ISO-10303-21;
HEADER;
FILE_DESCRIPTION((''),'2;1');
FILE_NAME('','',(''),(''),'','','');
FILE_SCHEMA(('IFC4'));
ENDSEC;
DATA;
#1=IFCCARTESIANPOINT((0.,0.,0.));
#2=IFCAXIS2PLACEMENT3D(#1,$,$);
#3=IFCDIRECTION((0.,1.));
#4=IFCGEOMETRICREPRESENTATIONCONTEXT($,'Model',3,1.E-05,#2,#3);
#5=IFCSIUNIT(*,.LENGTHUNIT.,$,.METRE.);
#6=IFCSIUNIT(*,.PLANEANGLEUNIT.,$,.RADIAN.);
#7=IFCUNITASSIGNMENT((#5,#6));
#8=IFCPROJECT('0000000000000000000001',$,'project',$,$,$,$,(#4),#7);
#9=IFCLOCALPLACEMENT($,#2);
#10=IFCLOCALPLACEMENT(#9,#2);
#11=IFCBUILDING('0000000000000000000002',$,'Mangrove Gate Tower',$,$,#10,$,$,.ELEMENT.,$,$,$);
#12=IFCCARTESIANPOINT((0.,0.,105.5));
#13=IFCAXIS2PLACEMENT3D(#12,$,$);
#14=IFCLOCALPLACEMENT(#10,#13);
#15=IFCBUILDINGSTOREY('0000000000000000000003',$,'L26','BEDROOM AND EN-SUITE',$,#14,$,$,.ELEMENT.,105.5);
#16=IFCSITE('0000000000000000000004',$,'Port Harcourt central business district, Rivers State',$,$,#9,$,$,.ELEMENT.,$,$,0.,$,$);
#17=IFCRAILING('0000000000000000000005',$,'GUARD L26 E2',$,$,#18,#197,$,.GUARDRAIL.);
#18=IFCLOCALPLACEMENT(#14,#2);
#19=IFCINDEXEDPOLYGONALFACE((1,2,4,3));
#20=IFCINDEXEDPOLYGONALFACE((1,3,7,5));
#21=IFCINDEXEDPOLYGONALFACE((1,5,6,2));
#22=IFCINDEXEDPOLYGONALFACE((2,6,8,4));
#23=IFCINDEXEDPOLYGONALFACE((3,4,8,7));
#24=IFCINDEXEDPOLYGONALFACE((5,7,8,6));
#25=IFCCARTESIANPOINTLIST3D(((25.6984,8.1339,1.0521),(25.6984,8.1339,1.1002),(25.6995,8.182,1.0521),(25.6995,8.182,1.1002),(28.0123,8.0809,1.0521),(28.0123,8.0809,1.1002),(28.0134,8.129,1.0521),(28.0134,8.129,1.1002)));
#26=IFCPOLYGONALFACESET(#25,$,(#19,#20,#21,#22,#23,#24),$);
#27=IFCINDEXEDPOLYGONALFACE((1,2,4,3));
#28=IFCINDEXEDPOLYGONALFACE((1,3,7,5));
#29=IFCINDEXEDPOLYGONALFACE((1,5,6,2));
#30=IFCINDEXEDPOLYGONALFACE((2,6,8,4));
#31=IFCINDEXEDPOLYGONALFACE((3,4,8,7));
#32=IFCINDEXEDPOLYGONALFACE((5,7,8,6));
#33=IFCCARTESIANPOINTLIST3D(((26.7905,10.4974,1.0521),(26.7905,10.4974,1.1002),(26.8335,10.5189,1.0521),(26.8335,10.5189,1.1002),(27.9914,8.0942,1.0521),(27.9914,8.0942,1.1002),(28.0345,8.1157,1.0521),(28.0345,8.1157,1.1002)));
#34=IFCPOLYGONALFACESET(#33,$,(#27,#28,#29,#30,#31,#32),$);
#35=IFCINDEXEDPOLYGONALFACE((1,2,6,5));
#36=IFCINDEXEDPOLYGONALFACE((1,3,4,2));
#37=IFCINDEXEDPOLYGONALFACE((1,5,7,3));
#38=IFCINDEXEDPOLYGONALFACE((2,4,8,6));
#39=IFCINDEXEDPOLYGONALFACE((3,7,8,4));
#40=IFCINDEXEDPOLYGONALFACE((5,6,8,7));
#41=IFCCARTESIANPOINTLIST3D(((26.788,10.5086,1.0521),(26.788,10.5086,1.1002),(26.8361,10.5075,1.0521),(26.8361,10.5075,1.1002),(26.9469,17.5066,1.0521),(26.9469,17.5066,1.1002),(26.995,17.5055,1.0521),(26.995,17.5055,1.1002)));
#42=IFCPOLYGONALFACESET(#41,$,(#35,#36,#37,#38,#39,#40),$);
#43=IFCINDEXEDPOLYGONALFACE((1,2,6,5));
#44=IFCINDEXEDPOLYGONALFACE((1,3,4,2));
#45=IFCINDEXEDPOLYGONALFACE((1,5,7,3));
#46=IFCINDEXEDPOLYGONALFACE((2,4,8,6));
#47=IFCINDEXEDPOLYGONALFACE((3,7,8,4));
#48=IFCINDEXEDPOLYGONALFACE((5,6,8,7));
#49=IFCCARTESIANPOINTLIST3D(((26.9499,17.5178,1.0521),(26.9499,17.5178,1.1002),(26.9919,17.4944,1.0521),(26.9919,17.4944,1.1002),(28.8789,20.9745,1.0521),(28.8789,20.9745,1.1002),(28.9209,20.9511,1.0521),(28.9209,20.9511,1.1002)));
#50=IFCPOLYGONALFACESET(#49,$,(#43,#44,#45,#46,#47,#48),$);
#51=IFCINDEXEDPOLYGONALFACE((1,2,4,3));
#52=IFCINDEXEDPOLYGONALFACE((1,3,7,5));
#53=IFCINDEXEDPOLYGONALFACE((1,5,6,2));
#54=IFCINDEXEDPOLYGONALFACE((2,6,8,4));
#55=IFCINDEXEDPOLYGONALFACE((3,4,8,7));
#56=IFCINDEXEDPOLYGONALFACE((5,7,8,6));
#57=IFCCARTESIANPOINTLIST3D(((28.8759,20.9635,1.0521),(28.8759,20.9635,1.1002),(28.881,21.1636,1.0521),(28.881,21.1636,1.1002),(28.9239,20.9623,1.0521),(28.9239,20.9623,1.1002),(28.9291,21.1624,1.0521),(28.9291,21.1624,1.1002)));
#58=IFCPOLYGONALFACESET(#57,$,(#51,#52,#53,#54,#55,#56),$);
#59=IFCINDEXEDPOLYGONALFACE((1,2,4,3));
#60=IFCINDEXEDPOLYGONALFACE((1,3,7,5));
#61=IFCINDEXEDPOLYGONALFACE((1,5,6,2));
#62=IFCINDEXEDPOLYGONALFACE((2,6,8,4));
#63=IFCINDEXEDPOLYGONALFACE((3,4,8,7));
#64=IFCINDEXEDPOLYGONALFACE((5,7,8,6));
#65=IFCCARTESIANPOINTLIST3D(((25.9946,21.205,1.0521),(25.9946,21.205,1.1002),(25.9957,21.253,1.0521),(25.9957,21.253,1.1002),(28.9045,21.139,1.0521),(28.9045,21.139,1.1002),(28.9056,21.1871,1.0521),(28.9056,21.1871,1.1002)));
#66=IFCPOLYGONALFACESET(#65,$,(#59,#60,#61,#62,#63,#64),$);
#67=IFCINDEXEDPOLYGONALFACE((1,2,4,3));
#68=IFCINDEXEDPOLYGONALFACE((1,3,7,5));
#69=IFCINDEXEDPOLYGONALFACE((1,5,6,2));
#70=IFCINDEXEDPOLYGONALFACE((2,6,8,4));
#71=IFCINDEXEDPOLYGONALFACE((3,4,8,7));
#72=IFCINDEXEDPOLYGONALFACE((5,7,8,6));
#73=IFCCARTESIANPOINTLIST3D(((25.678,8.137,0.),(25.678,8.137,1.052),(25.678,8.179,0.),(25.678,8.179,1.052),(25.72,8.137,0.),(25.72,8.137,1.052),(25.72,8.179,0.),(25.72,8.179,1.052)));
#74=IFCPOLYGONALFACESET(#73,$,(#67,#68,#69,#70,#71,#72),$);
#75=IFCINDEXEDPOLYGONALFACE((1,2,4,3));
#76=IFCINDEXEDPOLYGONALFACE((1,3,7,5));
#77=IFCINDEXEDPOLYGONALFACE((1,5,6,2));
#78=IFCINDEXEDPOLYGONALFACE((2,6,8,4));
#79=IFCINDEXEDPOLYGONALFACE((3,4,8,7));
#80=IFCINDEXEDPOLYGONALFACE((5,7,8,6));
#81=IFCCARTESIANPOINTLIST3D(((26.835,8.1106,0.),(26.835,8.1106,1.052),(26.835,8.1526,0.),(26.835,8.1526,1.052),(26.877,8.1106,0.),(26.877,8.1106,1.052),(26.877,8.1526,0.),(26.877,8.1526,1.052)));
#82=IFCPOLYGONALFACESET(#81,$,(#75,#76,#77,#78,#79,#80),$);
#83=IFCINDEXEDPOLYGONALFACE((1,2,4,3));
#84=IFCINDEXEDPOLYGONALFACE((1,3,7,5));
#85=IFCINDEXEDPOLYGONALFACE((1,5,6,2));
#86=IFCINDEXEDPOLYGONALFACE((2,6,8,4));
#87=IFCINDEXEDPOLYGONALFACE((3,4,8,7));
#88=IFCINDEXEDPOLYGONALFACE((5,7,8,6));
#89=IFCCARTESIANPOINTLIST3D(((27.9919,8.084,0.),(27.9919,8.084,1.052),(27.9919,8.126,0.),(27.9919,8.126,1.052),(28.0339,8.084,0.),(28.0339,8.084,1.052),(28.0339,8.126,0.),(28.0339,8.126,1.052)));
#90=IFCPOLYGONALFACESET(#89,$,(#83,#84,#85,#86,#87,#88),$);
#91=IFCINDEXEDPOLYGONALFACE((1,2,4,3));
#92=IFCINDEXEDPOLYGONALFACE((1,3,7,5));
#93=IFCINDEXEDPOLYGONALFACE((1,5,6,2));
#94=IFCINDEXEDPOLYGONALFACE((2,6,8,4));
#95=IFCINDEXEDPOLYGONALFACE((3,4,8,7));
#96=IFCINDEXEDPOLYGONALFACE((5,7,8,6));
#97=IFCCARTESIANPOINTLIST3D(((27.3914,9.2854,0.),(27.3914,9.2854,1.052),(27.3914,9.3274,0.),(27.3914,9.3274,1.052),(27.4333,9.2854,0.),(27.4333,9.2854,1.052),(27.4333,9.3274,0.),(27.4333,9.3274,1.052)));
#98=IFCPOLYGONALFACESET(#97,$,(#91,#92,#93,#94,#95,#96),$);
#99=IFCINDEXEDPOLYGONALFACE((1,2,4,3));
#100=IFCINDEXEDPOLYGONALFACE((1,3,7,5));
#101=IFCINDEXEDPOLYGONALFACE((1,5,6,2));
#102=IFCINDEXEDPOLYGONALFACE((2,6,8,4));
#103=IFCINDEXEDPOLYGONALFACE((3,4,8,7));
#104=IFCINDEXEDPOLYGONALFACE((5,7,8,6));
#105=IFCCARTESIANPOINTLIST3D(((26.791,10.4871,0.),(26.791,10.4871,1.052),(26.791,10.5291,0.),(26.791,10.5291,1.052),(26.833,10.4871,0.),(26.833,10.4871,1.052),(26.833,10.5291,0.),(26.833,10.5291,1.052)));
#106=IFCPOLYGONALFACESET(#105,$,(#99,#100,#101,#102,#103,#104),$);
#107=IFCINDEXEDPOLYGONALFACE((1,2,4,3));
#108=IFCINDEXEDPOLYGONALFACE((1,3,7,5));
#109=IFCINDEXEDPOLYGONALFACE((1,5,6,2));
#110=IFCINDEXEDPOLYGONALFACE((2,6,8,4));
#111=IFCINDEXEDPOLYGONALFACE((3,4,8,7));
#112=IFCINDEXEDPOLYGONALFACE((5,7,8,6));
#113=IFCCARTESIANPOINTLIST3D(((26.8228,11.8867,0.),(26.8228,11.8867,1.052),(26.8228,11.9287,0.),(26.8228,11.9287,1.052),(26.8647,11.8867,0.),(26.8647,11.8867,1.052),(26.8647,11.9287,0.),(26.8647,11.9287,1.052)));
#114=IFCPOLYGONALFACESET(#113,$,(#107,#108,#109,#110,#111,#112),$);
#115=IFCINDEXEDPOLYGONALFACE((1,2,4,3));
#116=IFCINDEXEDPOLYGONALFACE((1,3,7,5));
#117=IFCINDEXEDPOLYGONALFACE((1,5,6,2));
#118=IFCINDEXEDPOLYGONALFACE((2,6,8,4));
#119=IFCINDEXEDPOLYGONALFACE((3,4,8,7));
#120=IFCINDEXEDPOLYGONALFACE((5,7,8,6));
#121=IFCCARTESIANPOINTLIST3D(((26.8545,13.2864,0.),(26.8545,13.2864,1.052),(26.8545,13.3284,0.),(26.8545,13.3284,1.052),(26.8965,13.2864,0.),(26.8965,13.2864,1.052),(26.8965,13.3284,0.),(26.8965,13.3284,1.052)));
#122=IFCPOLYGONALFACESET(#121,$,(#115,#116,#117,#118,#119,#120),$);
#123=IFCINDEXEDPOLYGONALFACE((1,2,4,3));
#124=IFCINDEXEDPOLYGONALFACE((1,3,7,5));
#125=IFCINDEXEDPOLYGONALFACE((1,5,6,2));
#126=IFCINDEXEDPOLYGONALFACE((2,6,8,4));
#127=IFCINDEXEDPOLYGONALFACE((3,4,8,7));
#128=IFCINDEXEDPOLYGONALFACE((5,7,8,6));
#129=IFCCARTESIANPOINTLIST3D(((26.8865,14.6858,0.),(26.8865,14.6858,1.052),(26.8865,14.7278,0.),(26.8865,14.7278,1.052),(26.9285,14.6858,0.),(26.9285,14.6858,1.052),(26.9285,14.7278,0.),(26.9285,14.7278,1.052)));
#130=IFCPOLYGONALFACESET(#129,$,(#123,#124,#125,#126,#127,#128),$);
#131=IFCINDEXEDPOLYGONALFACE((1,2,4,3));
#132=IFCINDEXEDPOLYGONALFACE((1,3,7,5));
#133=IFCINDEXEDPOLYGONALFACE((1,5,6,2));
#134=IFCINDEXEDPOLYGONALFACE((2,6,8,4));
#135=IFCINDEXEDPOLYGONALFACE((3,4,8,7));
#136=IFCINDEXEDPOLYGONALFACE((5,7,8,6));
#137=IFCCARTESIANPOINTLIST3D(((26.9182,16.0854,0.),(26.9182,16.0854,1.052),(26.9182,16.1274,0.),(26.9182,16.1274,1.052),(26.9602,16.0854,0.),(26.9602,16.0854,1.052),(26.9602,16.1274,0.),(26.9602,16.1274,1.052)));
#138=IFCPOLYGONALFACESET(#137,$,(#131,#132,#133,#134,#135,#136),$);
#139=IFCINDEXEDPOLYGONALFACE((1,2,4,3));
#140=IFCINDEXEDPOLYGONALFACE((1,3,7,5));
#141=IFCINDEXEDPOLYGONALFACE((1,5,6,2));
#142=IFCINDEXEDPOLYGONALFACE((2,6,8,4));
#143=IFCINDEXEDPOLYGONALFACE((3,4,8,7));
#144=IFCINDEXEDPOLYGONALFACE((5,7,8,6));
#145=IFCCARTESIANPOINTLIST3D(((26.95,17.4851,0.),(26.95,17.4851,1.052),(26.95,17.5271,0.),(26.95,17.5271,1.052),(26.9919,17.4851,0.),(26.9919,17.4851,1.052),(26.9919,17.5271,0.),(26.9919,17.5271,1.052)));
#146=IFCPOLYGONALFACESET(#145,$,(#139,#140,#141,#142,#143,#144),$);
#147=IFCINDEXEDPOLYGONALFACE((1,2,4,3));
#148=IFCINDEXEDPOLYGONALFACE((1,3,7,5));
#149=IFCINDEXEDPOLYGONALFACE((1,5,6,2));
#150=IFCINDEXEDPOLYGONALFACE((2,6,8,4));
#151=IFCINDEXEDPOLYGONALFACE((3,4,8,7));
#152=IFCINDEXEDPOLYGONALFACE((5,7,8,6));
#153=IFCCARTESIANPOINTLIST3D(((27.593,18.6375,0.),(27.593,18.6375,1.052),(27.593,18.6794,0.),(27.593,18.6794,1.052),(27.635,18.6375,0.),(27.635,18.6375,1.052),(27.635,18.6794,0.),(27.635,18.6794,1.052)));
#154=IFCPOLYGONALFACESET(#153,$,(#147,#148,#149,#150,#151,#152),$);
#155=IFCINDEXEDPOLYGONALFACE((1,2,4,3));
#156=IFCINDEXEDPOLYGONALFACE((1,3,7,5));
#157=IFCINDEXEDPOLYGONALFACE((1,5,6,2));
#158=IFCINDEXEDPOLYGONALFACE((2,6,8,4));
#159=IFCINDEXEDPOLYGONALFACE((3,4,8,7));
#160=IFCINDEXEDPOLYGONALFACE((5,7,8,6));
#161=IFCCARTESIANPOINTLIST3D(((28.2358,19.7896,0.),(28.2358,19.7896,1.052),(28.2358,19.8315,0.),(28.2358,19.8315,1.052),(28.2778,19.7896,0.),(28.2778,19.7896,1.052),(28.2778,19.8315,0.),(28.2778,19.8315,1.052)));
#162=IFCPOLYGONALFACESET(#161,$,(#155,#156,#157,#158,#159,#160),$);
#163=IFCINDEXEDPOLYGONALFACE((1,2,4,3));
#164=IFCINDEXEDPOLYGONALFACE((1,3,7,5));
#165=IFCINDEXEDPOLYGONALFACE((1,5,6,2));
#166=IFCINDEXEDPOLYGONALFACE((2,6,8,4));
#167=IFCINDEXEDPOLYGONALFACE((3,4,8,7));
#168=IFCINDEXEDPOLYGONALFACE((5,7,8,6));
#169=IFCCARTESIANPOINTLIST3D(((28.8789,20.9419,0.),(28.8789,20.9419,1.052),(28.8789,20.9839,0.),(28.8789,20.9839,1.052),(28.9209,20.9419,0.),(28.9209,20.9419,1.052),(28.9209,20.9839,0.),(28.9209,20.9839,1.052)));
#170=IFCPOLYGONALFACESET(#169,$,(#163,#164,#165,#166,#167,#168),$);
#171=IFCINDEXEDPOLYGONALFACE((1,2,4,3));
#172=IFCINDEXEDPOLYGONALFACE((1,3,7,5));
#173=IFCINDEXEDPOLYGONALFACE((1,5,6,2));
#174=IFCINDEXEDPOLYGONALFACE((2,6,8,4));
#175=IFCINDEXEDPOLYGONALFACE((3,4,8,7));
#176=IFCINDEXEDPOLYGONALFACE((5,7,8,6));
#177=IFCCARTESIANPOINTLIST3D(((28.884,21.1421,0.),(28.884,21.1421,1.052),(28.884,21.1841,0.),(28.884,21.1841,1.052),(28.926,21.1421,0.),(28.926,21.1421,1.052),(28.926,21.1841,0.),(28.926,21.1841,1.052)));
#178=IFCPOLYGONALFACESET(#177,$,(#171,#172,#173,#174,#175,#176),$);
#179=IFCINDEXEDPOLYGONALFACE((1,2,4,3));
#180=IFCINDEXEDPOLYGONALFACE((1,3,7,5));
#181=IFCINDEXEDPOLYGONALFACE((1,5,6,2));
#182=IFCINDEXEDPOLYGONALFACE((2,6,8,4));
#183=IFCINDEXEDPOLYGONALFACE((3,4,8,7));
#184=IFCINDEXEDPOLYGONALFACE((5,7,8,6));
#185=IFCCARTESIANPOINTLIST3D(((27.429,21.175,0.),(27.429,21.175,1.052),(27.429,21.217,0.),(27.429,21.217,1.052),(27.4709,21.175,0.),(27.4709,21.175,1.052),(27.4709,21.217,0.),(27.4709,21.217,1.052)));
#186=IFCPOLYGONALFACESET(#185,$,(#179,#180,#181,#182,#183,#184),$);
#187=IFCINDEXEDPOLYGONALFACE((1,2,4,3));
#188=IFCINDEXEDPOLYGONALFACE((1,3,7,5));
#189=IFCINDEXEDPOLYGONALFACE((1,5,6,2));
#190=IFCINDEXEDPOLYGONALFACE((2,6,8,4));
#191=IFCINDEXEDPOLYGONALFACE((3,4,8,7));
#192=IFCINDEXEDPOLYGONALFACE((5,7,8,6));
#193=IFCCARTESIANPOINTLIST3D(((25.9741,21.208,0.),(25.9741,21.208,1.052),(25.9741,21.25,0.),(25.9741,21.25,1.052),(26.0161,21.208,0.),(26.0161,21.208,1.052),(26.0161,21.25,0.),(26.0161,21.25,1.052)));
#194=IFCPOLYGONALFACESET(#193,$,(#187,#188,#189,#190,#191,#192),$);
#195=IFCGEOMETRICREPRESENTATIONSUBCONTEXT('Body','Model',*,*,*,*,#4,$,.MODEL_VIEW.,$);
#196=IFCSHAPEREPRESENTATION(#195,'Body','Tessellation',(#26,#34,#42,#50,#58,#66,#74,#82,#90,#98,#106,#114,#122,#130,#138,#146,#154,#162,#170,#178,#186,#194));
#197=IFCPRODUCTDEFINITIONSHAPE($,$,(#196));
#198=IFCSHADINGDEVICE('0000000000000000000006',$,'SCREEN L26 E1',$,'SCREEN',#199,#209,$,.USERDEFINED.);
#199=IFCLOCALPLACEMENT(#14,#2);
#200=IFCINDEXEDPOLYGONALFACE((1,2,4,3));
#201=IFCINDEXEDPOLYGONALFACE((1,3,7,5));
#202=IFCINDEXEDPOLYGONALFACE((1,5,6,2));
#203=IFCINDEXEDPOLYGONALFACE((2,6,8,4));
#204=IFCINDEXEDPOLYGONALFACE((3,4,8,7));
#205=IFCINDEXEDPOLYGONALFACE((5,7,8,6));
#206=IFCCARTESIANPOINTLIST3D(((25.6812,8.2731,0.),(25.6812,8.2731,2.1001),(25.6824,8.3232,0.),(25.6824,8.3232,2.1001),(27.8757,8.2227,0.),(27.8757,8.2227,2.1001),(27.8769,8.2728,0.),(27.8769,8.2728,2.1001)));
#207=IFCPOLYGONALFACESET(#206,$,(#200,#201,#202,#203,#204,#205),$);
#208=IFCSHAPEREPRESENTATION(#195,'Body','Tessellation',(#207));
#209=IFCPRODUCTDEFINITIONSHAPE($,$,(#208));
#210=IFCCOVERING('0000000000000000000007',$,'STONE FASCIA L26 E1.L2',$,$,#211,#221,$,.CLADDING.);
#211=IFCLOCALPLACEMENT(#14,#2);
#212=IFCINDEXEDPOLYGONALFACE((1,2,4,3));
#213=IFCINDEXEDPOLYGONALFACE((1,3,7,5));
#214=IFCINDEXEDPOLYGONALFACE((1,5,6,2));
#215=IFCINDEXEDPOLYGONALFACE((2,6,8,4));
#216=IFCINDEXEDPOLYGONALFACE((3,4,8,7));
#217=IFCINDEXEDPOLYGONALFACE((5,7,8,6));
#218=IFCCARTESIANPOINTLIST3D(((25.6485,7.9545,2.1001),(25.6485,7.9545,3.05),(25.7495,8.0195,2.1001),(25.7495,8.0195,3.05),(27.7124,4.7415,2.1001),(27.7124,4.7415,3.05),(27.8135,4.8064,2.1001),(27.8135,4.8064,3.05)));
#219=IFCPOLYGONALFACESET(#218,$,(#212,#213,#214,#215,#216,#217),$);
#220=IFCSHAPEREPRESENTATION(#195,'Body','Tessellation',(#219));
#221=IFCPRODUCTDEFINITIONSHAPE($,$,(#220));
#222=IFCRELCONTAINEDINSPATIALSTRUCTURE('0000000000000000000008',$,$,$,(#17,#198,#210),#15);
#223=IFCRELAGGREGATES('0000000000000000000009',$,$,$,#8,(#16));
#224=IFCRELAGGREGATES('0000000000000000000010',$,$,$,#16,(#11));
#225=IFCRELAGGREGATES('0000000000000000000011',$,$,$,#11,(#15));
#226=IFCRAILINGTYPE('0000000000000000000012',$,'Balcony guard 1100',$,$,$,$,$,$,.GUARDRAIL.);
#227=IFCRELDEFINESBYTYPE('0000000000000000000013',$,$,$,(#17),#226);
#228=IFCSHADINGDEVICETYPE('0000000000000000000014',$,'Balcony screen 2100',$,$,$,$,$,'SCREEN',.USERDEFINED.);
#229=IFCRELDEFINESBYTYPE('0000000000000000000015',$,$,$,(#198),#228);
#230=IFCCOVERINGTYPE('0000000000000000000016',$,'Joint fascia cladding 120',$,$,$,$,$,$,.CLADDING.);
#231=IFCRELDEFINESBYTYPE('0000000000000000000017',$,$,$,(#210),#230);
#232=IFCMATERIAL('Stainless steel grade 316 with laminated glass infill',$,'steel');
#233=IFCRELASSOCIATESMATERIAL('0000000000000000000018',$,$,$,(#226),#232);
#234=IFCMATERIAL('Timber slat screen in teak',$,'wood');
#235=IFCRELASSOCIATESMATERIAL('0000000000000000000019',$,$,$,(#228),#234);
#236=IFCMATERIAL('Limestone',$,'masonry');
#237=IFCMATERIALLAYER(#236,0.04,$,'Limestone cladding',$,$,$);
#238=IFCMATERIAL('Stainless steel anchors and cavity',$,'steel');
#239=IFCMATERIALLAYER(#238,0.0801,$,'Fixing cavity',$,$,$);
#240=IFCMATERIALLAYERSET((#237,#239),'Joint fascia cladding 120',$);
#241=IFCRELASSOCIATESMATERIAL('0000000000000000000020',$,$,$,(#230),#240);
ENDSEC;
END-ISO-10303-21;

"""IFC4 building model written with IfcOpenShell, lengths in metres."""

from ifc_helpers import new_model, si_unit, direction, frame, frame_2d, origin, origin_2d, place, context, subcontext, project, spatial, rectangle, extrude, material, layer, layer_set, type_object, element, save


model = new_model("IFC4")

# Units and contexts
model_context = context("Model", 3, precision=1e-05, world=origin(), true_north=direction((0.0, 1.0)))
body_context = subcontext(model_context, "Body", "Model", "MODEL_VIEW")
ifc_project = project(units=[si_unit("LENGTHUNIT", "METRE"), si_unit("PLANEANGLEUNIT", "RADIAN")], contexts=[model_context])

# Site, building, storey
site_placement = place(None, origin())
site = spatial("IfcSite", under=ifc_project, at=site_placement, Name="Port Harcourt central business district, Rivers State", CompositionType="ELEMENT", RefElevation=0.0)
building_placement = place(site_placement, origin())
building = spatial("IfcBuilding", under=site, at=building_placement, Name="Mangrove Gate Tower", CompositionType="ELEMENT")
storey_placement = place(building_placement, frame((0.0, 0.0, 105.5)))
storey = spatial("IfcBuildingStorey", under=building, at=storey_placement, Name="L26", Description="BEDROOM AND EN-SUITE", CompositionType="ELEMENT", Elevation=105.5)

# Shared definitions
ifc_material_1 = material(Name="Limestone", Category="masonry")

# Railing
ifc_material_2 = material(Name="Stainless steel grade 316 with laminated glass infill", Category="steel")
railing_type = type_object("IfcRailingType", Name="Balcony guard 1100", PredefinedType="GUARDRAIL", material=ifc_material_2)
railing_placement = place(storey_placement, frame((25.699, 8.158, 0.0)))
element("IfcRailing", 1, at=railing_placement, inside=storey, type_object=railing_type, Name="GUARD L26 E2", PredefinedType="GUARDRAIL", context=body_context, shape_type="SweptSolid", body=[
    extrude(rectangle(XDim=0.0481, YDim=0.0481, at=origin_2d()), frame((0.0, 0.0, 1.0762), z_axis=(0.999738, -0.022889, 0.0), x_axis=(0.022889, 0.999738, 0.0)), (0.0, 0.0, 1.0), 2.3145),
    extrude(rectangle(XDim=0.0481, YDim=0.0481, at=origin_2d()), frame((2.314, -0.053, 1.0762), z_axis=(-0.447032, 0.894518, 0.0), x_axis=(-0.894518, -0.447032, 0.0)), (0.0, 0.0, 1.0), 2.6865),
    extrude(rectangle(XDim=0.0481, YDim=0.0481, at=origin_2d()), frame((1.113, 2.3501, 1.0762), z_axis=(0.022706, 0.999742, 0.0), x_axis=(-0.999742, 0.022706, 0.0)), (0.0, 0.0, 1.0), 6.9998),
    extrude(rectangle(XDim=0.0481, YDim=0.0481, at=origin_2d()), frame((1.272, 9.3481, 1.0762), z_axis=(0.487286, 0.873242, 0.0), x_axis=(-0.873242, 0.487286, 0.0)), (0.0, 0.0, 1.0), 3.9585),
    extrude(rectangle(XDim=0.0481, YDim=0.0481, at=origin_2d()), frame((3.2009, 12.8049, 1.0762), z_axis=(0.025601, 0.999672, 0.0), x_axis=(-0.999672, 0.025601, 0.0)), (0.0, 0.0, 1.0), 0.2002),
    extrude(rectangle(XDim=0.0481, YDim=0.0481, at=origin_2d()), frame((3.2061, 13.0051, 1.0762), z_axis=(-0.999744, 0.022647, 0.0), x_axis=(-0.022647, -0.999744, 0.0)), (0.0, 0.0, 1.0), 2.9106),
    extrude(rectangle(XDim=0.042, YDim=0.042, at=origin_2d()), origin(), (0.0, 0.0, 1.0), 1.052),
    extrude(rectangle(XDim=0.042, YDim=0.042, at=origin_2d()), frame((1.157, -0.0264, 0.0)), (0.0, 0.0, 1.0), 1.052),
    extrude(rectangle(XDim=0.042, YDim=0.042, at=origin_2d()), frame((2.314, -0.053, 0.0)), (0.0, 0.0, 1.0), 1.052),
    extrude(rectangle(XDim=0.042, YDim=0.042, at=origin_2d()), frame((1.7134, 1.1484, 0.0)), (0.0, 0.0, 1.0), 1.052),
    extrude(rectangle(XDim=0.042, YDim=0.042, at=origin_2d()), frame((1.113, 2.3501, 0.0)), (0.0, 0.0, 1.0), 1.052),
    extrude(rectangle(XDim=0.042, YDim=0.042, at=origin_2d()), frame((1.1448, 3.7498, 0.0)), (0.0, 0.0, 1.0), 1.052),
    extrude(rectangle(XDim=0.042, YDim=0.042, at=origin_2d()), frame((1.1765, 5.1494, 0.0)), (0.0, 0.0, 1.0), 1.052),
    extrude(rectangle(XDim=0.042, YDim=0.042, at=origin_2d()), frame((1.2085, 6.5488, 0.0)), (0.0, 0.0, 1.0), 1.052),
    extrude(rectangle(XDim=0.042, YDim=0.042, at=origin_2d()), frame((1.2402, 7.9485, 0.0)), (0.0, 0.0, 1.0), 1.052),
    extrude(rectangle(XDim=0.042, YDim=0.042, at=origin_2d()), frame((1.272, 9.3481, 0.0)), (0.0, 0.0, 1.0), 1.052),
    extrude(rectangle(XDim=0.042, YDim=0.042, at=origin_2d()), frame((1.915, 10.5005, 0.0)), (0.0, 0.0, 1.0), 1.052),
    extrude(rectangle(XDim=0.042, YDim=0.042, at=origin_2d()), frame((2.5579, 11.6526, 0.0)), (0.0, 0.0, 1.0), 1.052),
    extrude(rectangle(XDim=0.042, YDim=0.042, at=origin_2d()), frame((3.2009, 12.8049, 0.0)), (0.0, 0.0, 1.0), 1.052),
    extrude(rectangle(XDim=0.042, YDim=0.042, at=origin_2d()), frame((3.2061, 13.0051, 0.0)), (0.0, 0.0, 1.0), 1.052),
    extrude(rectangle(XDim=0.042, YDim=0.042, at=origin_2d()), frame((1.751, 13.0381, 0.0)), (0.0, 0.0, 1.0), 1.052),
    extrude(rectangle(XDim=0.042, YDim=0.042, at=origin_2d()), frame((0.2961, 13.071, 0.0)), (0.0, 0.0, 1.0), 1.052),
])

# Shading device
ifc_material_3 = material(Name="Timber slat screen in teak", Category="wood")
shading_device_type = type_object("IfcShadingDeviceType", Name="Balcony screen 2100", ElementType="SCREEN", PredefinedType="USERDEFINED", material=ifc_material_3)
shading_device_placement = place(storey_placement, frame((26.7791, 8.2729, 0.0), z_axis=(0.0, 0.0, 1.0), x_axis=(0.999736, -0.022967, 0.0)))
element("IfcShadingDevice", 2, at=shading_device_placement, inside=storey, type_object=shading_device_type, Name="SCREEN L26 E1", ObjectType="SCREEN", PredefinedType="USERDEFINED", context=body_context, shape_type="SweptSolid", body=[
    extrude(rectangle(XDim=2.1951, YDim=0.05, at=origin_2d()), origin(), (0.0, 0.0, 1.0), 2.1001),
])

# Covering
ifc_layer_1 = layer(ifc_material_1, 0.04, Name="Limestone cladding")
ifc_material_4 = material(Name="Stainless steel anchors and cavity", Category="steel")
ifc_layer_2 = layer(ifc_material_4, 0.0801, Name="Fixing cavity")
ifc_layer_set_1 = layer_set([ifc_layer_1, ifc_layer_2], Name="Joint fascia cladding 120")
covering_type = type_object("IfcCoveringType", Name="Joint fascia cladding 120", PredefinedType="CLADDING", material=ifc_layer_set_1)
covering_placement = place(storey_placement, frame((27.7629, 4.7739, 2.1001), z_axis=(0.0, 0.0, 1.0), x_axis=(-0.540457, 0.841372, 0.0)))
element("IfcCovering", 3, at=covering_placement, inside=storey, type_object=covering_type, Name="STONE FASCIA L26 E1.L2", PredefinedType="CLADDING", context=body_context, shape_type="SweptSolid", body=[
    extrude(rectangle(XDim=3.8188, YDim=0.1201, at=frame_2d((1.9094, 0.0))), origin(), (0.0, 0.0, 1.0), 0.95),
])

save(model, "model.ifc")
